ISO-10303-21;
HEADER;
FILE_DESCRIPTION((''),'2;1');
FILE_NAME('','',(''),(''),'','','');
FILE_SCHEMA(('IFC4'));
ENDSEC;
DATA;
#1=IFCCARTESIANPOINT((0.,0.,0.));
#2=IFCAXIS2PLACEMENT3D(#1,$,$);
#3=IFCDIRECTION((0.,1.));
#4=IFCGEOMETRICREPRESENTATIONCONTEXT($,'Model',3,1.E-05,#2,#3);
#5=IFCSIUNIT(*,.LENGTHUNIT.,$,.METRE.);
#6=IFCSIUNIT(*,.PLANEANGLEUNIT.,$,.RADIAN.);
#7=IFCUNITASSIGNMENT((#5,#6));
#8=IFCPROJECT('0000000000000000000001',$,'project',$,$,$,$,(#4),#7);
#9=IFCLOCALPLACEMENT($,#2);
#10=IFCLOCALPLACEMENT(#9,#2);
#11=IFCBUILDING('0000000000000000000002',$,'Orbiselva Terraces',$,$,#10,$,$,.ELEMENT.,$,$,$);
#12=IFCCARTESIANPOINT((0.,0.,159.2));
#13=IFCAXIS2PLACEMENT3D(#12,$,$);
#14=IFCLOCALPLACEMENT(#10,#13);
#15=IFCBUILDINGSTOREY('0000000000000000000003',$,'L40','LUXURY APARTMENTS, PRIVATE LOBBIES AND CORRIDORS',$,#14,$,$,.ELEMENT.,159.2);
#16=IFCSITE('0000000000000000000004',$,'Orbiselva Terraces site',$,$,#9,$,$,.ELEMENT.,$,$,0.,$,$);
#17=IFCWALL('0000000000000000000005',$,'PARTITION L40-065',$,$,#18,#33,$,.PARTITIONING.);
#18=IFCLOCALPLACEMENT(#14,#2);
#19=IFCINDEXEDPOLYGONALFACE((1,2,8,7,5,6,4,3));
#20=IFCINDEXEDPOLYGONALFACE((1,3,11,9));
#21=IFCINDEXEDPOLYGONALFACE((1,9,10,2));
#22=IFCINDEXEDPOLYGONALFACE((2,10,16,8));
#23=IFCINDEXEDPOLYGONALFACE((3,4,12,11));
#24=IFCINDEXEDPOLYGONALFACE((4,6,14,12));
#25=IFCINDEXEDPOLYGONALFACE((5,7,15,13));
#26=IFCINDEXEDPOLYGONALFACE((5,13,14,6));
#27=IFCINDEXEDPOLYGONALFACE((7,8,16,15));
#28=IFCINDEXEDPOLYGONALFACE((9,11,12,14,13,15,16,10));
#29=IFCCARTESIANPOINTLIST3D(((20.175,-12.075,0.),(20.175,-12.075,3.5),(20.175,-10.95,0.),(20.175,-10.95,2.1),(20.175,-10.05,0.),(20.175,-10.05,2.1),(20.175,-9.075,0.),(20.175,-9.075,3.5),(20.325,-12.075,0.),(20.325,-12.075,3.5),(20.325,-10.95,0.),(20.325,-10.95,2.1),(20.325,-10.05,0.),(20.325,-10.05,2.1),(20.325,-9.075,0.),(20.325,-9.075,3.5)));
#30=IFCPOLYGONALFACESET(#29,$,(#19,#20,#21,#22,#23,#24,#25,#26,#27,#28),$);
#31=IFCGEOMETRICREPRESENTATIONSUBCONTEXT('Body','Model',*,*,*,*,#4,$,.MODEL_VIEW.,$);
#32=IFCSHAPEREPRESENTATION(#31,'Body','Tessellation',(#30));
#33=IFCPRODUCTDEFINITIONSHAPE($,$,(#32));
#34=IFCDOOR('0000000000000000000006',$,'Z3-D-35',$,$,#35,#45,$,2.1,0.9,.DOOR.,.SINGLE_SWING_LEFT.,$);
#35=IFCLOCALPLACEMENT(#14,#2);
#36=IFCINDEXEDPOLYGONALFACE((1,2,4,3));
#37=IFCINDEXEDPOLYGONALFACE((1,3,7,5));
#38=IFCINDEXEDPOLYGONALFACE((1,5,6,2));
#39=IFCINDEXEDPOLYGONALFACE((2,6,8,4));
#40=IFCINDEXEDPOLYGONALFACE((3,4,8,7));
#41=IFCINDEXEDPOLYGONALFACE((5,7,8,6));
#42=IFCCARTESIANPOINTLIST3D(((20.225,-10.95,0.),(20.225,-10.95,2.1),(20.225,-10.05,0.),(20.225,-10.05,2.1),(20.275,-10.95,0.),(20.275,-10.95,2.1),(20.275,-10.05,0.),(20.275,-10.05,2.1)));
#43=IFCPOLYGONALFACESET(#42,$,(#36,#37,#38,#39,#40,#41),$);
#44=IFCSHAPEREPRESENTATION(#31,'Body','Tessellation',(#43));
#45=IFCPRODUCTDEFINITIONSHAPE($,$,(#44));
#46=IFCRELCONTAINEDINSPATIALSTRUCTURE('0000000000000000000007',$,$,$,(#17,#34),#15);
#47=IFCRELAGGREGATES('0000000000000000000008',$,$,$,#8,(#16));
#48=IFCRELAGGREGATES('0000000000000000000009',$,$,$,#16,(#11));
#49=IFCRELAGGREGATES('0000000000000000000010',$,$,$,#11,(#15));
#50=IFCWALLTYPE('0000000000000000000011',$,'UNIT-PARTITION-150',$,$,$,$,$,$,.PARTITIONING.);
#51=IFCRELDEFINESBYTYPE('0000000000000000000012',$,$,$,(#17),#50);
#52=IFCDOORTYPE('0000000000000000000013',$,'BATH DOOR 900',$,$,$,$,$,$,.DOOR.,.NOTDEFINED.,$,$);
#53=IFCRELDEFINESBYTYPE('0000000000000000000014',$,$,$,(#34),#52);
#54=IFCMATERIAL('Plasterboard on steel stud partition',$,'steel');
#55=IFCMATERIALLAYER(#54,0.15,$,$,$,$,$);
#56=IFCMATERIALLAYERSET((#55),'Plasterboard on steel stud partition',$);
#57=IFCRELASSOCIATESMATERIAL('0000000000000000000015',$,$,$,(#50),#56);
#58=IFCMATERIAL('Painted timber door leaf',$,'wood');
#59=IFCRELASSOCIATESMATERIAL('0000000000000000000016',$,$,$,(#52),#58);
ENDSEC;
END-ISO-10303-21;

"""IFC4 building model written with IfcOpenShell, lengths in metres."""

from ifc_helpers import new_model, si_unit, direction, frame, frame_2d, origin, place, context, subcontext, project, spatial, rectangle, extrude, material, layer, layer_set, type_object, element, fill, save


model = new_model("IFC4")

# Units and contexts
model_context = context("Model", 3, precision=1e-05, world=origin(), true_north=direction((0.0, 1.0)))
body_context = subcontext(model_context, "Body", "Model", "MODEL_VIEW")
ifc_project = project(units=[si_unit("LENGTHUNIT", "METRE"), si_unit("PLANEANGLEUNIT", "RADIAN")], contexts=[model_context])

# Site, building, storey
site_placement = place(None, origin())
site = spatial("IfcSite", under=ifc_project, at=site_placement, Name="Orbiselva Terraces site", CompositionType="ELEMENT", RefElevation=0.0)
building_placement = place(site_placement, origin())
building = spatial("IfcBuilding", under=site, at=building_placement, Name="Orbiselva Terraces", CompositionType="ELEMENT")
storey_placement = place(building_placement, frame((0.0, 0.0, 159.2)))
storey = spatial("IfcBuildingStorey", under=building, at=storey_placement, Name="L40", Description="LUXURY APARTMENTS, PRIVATE LOBBIES AND CORRIDORS", CompositionType="ELEMENT", Elevation=159.2)

# Shared definitions
ifc_material_1 = material(Name="Plasterboard on steel stud partition", Category="steel")

# Shared definitions
ifc_layer_1 = layer(ifc_material_1, 0.15)
ifc_layer_set_1 = layer_set([ifc_layer_1], Name="Plasterboard on steel stud partition")
wall_type_1 = type_object("IfcWallType", Name="UNIT-PARTITION-150", PredefinedType="PARTITIONING", material=ifc_layer_set_1)
ifc_material_2 = material(Name="Painted timber door leaf", Category="wood")
door_type_1 = type_object("IfcDoorType", Name="BATH DOOR 900", OperationType="NOTDEFINED", PredefinedType="DOOR", material=ifc_material_2)

# Wall, opening, door
wall_1_placement = place(storey_placement, frame((20.25, -9.075, 0.0), z_axis=(0.0, 0.0, 1.0), x_axis=(0.0, -1.0, 0.0)))
wall_1 = element("IfcWall", 1, at=wall_1_placement, inside=storey, type_object=wall_type_1, Name="PARTITION L40-065", PredefinedType="PARTITIONING", context=body_context, shape_type="SweptSolid", body=[
    extrude(rectangle(XDim=3.0, YDim=0.15, at=frame_2d((1.5, 0.0))), origin(), (0.0, 0.0, 1.0), 3.5),
])
opening_1_placement = place(wall_1_placement, frame((0.975, 0.0, 0.0)))
opening_1 = element("IfcOpeningElement", 2, at=opening_1_placement, cuts=wall_1, PredefinedType="OPENING", context=body_context, shape_type="SweptSolid", body=[
    extrude(rectangle(XDim=0.9, YDim=2.1, at=frame_2d((0.45, 1.05))), frame((0.0, 0.085, 0.0), z_axis=(0.0, -1.0, 0.0), x_axis=(1.0, 0.0, 0.0)), (0.0, 0.0, 1.0), 0.17),
])
door_1_placement = place(opening_1_placement, origin())
door_1 = element("IfcDoor", 3, at=door_1_placement, inside=storey, type_object=door_type_1, Name="Z3-D-35", OperationType="SINGLE_SWING_LEFT", OverallHeight=2.1, OverallWidth=0.9, PredefinedType="DOOR", context=body_context, shape_type="SweptSolid", body=[
    extrude(rectangle(XDim=0.9, YDim=2.1, at=frame_2d((0.45, 1.05))), frame((0.0, 0.025, 0.0), z_axis=(0.0, -1.0, 0.0), x_axis=(1.0, 0.0, 0.0)), (0.0, 0.0, 1.0), 0.05),
])
fill(opening_1, door_1)

save(model, "model.ifc")
